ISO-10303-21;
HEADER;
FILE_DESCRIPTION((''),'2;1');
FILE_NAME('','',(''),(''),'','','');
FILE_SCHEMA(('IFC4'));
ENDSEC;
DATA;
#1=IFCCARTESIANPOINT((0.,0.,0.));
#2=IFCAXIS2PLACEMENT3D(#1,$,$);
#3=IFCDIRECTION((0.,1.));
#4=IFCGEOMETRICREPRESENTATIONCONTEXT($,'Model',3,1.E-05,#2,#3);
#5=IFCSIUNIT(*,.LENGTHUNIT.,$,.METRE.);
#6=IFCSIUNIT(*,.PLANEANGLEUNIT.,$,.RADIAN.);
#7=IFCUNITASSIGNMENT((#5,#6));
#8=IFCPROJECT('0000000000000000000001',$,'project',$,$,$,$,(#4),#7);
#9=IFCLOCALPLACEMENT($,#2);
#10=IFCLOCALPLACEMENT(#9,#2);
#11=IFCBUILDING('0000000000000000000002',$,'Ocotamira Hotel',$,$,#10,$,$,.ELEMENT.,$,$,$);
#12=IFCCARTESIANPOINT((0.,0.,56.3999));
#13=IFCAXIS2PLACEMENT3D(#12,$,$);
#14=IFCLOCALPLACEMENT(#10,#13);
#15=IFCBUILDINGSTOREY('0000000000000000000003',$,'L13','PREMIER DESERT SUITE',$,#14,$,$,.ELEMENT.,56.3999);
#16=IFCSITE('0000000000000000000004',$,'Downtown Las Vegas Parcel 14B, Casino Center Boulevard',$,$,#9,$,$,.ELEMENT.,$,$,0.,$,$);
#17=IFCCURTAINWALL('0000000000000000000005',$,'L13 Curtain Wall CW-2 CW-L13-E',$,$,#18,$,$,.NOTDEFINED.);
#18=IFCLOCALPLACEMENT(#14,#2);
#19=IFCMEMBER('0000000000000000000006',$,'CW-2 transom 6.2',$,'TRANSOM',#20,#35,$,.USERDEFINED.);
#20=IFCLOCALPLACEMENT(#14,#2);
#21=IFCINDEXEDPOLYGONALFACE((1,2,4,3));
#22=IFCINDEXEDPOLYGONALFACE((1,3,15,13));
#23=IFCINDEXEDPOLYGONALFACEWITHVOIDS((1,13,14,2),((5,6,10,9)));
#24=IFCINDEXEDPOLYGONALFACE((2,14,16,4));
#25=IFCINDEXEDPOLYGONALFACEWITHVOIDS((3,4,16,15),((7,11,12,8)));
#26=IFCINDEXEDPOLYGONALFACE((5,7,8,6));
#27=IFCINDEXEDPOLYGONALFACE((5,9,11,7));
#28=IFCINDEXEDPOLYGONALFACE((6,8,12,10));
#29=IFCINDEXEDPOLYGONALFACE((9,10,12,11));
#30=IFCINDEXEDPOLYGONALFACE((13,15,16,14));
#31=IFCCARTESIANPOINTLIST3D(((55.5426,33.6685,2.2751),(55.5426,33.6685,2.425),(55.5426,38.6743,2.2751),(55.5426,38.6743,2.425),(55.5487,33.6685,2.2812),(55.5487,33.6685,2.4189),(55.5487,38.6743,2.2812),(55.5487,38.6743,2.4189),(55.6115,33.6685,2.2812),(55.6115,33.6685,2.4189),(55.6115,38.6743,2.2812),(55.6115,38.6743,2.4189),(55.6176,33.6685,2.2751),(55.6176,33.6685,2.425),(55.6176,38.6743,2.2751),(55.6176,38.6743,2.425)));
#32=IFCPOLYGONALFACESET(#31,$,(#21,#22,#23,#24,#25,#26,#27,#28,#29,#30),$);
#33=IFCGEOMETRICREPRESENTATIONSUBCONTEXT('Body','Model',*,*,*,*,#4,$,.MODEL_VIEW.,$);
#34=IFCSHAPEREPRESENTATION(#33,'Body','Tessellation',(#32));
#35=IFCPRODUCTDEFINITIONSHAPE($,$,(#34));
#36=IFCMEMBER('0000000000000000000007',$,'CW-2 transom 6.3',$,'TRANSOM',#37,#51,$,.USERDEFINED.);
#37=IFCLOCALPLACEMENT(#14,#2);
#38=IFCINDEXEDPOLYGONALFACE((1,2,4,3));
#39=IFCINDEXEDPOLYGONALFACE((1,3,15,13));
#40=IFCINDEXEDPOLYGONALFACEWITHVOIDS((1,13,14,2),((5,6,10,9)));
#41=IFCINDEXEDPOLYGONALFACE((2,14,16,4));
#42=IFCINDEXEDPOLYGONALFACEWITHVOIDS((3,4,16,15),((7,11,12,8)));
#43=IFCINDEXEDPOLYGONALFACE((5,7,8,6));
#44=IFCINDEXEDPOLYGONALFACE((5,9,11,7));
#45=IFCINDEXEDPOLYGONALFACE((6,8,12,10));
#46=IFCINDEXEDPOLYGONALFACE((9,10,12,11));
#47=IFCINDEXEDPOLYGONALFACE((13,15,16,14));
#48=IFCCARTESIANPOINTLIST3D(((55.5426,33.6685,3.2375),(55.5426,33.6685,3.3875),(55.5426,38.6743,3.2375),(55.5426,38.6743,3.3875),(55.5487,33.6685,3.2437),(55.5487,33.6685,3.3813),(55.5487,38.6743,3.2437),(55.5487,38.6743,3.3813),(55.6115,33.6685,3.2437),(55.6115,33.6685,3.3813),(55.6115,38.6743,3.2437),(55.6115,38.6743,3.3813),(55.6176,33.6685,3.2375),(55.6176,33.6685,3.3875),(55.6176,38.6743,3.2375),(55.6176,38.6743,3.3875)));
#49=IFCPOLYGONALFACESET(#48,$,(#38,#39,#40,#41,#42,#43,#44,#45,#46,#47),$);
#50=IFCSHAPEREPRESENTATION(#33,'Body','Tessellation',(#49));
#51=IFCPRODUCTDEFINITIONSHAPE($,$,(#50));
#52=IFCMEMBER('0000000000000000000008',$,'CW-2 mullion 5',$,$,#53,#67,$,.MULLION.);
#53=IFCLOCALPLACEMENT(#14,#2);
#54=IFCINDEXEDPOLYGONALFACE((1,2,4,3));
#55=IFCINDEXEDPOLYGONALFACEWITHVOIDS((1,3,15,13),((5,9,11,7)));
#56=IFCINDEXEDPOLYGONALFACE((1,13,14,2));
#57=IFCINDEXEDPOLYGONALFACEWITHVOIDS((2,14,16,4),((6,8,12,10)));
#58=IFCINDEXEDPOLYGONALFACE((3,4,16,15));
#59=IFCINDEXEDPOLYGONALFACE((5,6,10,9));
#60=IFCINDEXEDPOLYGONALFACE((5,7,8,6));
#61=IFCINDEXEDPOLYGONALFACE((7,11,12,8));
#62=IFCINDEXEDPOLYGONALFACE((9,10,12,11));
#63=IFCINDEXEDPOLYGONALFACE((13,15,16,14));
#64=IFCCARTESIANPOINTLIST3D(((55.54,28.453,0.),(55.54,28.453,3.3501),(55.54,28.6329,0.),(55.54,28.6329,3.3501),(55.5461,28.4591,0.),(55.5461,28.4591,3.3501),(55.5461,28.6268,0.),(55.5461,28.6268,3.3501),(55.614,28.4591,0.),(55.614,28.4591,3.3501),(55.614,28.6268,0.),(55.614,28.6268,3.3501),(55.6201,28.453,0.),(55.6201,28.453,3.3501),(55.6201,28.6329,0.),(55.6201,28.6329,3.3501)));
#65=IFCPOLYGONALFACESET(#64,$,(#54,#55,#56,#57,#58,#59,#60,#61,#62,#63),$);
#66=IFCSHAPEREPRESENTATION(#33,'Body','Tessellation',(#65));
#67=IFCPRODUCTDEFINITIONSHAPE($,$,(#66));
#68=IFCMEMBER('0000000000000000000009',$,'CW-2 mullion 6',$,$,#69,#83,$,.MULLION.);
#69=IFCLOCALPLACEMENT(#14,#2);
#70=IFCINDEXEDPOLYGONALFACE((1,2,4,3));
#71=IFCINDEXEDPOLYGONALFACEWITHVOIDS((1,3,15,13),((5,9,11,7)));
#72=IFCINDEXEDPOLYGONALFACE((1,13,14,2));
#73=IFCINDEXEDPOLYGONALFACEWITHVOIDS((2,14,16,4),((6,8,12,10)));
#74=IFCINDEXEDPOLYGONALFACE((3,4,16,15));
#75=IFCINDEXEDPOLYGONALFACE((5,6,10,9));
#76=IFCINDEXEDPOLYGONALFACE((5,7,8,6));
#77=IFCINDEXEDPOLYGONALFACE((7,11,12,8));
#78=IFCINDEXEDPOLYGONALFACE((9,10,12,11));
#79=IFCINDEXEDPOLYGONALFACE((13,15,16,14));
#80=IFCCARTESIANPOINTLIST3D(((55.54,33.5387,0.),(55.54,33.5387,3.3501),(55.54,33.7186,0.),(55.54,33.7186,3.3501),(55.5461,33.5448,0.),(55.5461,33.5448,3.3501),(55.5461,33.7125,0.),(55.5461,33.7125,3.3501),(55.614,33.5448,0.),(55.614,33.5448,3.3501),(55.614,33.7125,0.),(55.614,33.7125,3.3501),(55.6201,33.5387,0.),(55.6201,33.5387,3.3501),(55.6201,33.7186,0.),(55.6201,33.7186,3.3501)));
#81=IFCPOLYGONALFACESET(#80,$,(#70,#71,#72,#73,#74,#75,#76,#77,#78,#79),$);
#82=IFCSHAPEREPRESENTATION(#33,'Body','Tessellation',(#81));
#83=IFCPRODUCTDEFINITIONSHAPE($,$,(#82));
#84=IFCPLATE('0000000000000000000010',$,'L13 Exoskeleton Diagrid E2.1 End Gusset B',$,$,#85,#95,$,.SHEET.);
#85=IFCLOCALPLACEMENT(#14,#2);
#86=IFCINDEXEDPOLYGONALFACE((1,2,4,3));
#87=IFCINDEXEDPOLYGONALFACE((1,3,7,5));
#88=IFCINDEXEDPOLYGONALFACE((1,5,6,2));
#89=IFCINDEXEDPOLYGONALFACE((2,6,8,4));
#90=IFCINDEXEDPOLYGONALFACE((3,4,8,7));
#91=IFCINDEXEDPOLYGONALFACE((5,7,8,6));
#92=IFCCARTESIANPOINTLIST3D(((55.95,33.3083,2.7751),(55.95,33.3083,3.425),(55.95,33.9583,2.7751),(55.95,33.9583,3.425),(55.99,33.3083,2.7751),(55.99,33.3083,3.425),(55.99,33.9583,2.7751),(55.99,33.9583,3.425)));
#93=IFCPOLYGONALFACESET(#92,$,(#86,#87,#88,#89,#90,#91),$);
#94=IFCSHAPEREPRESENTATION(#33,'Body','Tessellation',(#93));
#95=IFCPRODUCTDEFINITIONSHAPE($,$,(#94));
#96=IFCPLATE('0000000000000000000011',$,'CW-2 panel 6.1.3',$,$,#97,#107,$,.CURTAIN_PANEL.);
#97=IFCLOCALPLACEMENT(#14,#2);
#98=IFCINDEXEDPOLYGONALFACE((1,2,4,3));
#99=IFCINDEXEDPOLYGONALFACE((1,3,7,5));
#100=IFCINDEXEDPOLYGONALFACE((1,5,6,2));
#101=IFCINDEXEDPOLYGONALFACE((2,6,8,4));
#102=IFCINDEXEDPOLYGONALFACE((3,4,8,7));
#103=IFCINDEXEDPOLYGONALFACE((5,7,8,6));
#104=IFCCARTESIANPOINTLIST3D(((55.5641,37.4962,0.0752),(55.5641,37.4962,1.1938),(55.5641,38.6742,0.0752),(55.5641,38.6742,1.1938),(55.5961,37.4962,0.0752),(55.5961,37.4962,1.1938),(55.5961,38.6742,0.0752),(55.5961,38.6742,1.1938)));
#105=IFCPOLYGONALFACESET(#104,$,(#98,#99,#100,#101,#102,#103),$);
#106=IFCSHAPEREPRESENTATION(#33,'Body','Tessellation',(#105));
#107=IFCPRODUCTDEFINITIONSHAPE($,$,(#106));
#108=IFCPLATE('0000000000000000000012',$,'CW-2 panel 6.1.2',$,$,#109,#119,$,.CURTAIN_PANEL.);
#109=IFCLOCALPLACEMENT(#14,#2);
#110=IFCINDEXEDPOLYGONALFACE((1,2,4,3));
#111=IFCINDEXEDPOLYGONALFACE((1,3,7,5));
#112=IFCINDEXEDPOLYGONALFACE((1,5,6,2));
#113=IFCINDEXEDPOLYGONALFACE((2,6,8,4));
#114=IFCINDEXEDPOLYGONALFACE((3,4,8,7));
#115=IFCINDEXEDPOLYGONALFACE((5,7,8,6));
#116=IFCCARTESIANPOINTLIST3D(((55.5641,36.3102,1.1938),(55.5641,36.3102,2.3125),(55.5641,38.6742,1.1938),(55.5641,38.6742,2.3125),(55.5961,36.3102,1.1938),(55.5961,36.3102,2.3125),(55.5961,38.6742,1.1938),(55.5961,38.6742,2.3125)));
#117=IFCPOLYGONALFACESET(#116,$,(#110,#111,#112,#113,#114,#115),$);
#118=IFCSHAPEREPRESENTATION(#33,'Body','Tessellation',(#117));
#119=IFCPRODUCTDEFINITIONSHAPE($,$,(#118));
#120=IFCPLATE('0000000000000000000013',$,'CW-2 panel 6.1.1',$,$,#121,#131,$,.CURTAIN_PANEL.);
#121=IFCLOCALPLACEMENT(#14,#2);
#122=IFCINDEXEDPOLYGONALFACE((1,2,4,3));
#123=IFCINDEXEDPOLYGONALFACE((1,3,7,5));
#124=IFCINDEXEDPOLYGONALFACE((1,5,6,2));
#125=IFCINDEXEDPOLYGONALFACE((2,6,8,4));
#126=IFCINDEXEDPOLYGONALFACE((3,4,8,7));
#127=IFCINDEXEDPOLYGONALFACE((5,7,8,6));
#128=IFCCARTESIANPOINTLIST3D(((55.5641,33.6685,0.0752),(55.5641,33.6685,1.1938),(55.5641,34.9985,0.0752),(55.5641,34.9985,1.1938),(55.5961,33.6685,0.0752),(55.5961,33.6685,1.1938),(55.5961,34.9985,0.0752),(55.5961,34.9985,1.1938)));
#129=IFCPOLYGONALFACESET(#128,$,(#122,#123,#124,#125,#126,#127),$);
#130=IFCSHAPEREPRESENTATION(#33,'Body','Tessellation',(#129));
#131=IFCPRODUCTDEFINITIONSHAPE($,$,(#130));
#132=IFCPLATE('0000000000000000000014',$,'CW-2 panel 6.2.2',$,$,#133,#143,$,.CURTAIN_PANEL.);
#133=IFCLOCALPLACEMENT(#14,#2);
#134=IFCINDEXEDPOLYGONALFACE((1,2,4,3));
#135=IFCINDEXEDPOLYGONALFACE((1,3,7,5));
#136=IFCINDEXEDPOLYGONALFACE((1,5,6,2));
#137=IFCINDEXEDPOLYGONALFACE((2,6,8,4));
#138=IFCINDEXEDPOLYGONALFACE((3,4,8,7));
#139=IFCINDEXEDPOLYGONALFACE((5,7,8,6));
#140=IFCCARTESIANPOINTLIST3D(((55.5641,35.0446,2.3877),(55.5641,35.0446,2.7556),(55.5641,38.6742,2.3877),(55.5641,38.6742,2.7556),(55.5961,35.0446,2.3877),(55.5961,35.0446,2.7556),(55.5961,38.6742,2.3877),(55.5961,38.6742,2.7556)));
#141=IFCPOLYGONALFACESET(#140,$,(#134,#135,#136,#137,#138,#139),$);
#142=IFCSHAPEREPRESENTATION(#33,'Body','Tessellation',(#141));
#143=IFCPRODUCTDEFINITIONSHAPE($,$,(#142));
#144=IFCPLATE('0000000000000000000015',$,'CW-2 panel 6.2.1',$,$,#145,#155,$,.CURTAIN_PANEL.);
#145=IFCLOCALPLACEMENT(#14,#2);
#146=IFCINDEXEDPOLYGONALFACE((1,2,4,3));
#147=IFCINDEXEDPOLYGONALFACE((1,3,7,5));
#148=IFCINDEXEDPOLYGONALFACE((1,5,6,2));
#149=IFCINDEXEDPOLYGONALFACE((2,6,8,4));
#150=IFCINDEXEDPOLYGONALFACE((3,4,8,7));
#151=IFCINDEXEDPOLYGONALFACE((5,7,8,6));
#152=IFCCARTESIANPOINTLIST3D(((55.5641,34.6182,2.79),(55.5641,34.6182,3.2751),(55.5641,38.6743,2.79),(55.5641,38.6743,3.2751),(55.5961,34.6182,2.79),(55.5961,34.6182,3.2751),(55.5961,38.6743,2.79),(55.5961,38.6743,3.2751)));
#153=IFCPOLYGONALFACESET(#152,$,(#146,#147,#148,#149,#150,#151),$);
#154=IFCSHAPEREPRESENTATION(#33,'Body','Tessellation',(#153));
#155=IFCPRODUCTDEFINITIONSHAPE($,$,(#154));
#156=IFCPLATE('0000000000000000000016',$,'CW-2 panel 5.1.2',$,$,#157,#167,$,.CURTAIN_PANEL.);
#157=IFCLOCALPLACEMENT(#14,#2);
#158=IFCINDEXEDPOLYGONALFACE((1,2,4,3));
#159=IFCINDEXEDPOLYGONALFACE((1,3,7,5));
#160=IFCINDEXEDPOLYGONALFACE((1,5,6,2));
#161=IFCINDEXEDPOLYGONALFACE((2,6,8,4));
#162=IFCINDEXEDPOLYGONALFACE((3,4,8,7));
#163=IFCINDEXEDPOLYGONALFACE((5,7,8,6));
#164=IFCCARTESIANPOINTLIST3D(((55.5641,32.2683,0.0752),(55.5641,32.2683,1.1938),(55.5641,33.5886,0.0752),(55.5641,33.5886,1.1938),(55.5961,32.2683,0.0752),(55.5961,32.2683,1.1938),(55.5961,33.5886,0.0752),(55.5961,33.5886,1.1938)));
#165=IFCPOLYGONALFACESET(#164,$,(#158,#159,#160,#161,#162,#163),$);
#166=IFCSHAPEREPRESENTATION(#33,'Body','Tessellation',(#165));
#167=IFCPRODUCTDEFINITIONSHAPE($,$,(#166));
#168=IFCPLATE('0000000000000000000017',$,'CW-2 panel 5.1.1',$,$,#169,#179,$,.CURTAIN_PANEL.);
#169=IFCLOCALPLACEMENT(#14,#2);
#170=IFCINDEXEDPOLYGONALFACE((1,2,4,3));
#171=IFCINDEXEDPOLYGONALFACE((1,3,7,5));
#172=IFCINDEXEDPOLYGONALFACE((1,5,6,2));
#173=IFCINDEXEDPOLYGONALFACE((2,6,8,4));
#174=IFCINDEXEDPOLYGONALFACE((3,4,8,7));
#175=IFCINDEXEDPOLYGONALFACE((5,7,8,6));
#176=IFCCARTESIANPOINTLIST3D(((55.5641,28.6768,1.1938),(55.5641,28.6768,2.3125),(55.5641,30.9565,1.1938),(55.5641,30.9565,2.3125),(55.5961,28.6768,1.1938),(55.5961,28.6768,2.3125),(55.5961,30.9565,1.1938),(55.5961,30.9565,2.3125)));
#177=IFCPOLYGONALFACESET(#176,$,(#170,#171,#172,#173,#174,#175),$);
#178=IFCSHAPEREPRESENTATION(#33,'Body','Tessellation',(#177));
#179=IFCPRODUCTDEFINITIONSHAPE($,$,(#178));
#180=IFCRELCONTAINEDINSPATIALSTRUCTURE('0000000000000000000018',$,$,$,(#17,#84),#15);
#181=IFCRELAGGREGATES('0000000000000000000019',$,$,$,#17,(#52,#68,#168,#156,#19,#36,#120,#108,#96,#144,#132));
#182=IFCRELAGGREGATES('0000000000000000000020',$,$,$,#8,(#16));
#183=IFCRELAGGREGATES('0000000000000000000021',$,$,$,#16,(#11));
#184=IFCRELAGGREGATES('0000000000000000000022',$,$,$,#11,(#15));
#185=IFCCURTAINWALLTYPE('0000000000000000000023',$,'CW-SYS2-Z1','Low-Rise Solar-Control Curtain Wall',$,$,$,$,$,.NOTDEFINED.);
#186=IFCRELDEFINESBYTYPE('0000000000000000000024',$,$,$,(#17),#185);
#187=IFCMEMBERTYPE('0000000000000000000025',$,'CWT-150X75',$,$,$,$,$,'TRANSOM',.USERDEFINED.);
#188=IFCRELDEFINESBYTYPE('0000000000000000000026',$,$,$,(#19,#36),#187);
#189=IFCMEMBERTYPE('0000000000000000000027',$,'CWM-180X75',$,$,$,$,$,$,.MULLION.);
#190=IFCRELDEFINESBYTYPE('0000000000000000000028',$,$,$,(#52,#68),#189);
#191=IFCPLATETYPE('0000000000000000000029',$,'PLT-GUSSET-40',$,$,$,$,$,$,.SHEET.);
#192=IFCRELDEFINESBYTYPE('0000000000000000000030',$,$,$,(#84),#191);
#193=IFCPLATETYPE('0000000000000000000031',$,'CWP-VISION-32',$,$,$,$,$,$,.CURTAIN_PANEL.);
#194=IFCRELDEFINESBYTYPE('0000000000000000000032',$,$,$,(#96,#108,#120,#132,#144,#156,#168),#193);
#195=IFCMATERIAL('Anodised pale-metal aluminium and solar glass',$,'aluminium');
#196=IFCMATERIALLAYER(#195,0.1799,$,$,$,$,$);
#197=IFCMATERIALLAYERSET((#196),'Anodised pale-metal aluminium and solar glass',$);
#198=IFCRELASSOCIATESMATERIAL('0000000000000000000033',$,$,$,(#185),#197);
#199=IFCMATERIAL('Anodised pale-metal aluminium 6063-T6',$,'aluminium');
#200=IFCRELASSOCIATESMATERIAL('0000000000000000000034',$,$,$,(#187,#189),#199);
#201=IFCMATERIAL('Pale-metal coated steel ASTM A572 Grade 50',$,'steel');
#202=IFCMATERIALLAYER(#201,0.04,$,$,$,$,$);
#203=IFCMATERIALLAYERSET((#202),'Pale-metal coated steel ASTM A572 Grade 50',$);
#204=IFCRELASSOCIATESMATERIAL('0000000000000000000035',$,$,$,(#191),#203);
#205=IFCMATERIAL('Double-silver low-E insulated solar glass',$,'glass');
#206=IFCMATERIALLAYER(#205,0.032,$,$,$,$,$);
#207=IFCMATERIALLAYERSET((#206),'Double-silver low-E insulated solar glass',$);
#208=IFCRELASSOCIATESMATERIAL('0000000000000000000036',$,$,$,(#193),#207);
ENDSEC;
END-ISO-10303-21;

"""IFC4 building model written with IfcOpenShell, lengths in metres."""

from ifc_helpers import new_model, si_unit, direction, frame, origin, origin_2d, place, context, subcontext, project, spatial, rectangle, hollow_rectangle, extrude, source, transform, mapped, material, layer, layer_set, material_profile, profile_set, type_object, element, aggregate, save


model = new_model("IFC4")

# Units and contexts
model_context = context("Model", 3, precision=1e-05, world=origin(), true_north=direction((0.0, 1.0)))
body_context = subcontext(model_context, "Body", "Model", "MODEL_VIEW")
ifc_project = project(units=[si_unit("LENGTHUNIT", "METRE"), si_unit("PLANEANGLEUNIT", "RADIAN")], contexts=[model_context])

# Site, building, storey
site_placement = place(None, origin())
site = spatial("IfcSite", under=ifc_project, at=site_placement, Name="Downtown Las Vegas Parcel 14B, Casino Center Boulevard", CompositionType="ELEMENT", RefElevation=0.0)
building_placement = place(site_placement, origin())
building = spatial("IfcBuilding", under=site, at=building_placement, Name="Ocotamira Hotel", CompositionType="ELEMENT")
storey_placement = place(building_placement, frame((0.0, 0.0, 56.3999)))
storey = spatial("IfcBuildingStorey", under=building, at=storey_placement, Name="L13", Description="PREMIER DESERT SUITE", CompositionType="ELEMENT", Elevation=56.3999)

# Curtain wall, members
ifc_material_1 = material(Name="Anodised pale-metal aluminium and solar glass", Category="aluminium")
ifc_layer_1 = layer(ifc_material_1, 0.1799)
ifc_layer_set_1 = layer_set([ifc_layer_1], Name="Anodised pale-metal aluminium and solar glass")
curtain_wall_type = type_object("IfcCurtainWallType", Name="CW-SYS2-Z1", Description="Low-Rise Solar-Control Curtain Wall", PredefinedType="NOTDEFINED", material=ifc_layer_set_1)
curtain_wall_placement = place(storey_placement, origin())
curtain_wall = element("IfcCurtainWall", 1, at=curtain_wall_placement, inside=storey, type_object=curtain_wall_type, Name="L13 Curtain Wall CW-2 CW-L13-E", PredefinedType="NOTDEFINED")
ifc_material_2 = material(Name="Anodised pale-metal aluminium 6063-T6", Category="aluminium")
ifc_material_profile_1 = material_profile(ifc_material_2, hollow_rectangle(XDim=0.075, YDim=0.1499, WallThickness=0.0061, at=origin_2d()), Name="HSS150X75X6")
ifc_profile_set_1 = profile_set([ifc_material_profile_1], Name="Anodised pale-metal aluminium 6063-T6")
member_type_1 = type_object("IfcMemberType", Name="CWT-150X75", ElementType="TRANSOM", PredefinedType="USERDEFINED", material=ifc_profile_set_1)
shared_shape_1 = source(origin(), body_context, "Body", "SweptSolid", [
    extrude(hollow_rectangle(XDim=0.075, YDim=0.1499, WallThickness=0.0061, at=origin_2d()), origin(), (0.0, 0.0, 1.0), 5.0059),
])
member_1_placement = place(storey_placement, frame((55.5801, 33.6685, 2.3501), z_axis=(0.0, 1.0, 0.0), x_axis=(-1.0, 0.0, 0.0)))
member_1 = element("IfcMember", 2, at=member_1_placement, type_object=member_type_1, Name="CW-2 transom 6.2", ObjectType="TRANSOM", PredefinedType="USERDEFINED", context=body_context, shape_type="MappedRepresentation", body=[
    mapped(shared_shape_1, transform((0.0, 0.0, 0.0), scale=1.0)),
])
member_2_placement = place(storey_placement, frame((55.5801, 33.6685, 3.3125), z_axis=(0.0, 1.0, 0.0), x_axis=(-1.0, 0.0, 0.0)))
member_2 = element("IfcMember", 3, at=member_2_placement, type_object=member_type_1, Name="CW-2 transom 6.3", ObjectType="TRANSOM", PredefinedType="USERDEFINED", context=body_context, shape_type="MappedRepresentation", body=[
    mapped(shared_shape_1, transform((0.0, 0.0, 0.0), scale=1.0)),
])
ifc_material_profile_2 = material_profile(ifc_material_2, hollow_rectangle(XDim=0.0801, YDim=0.1799, WallThickness=0.0061, at=origin_2d()), Name="HSS180X80X6")
ifc_profile_set_2 = profile_set([ifc_material_profile_2], Name="Anodised pale-metal aluminium 6063-T6")
member_type_2 = type_object("IfcMemberType", Name="CWM-180X75", PredefinedType="MULLION", material=ifc_profile_set_2)
shared_shape_2 = source(origin(), body_context, "Body", "SweptSolid", [
    extrude(hollow_rectangle(XDim=0.0801, YDim=0.1799, WallThickness=0.0061, at=origin_2d()), origin(), (0.0, 0.0, 1.0), 3.3501),
])
member_3_placement = place(storey_placement, frame((55.5801, 28.543, 0.0), z_axis=(0.0, 0.0, 1.0), x_axis=(-1.0, 0.0, 0.0)))
member_3 = element("IfcMember", 4, at=member_3_placement, type_object=member_type_2, Name="CW-2 mullion 5", PredefinedType="MULLION", context=body_context, shape_type="MappedRepresentation", body=[
    mapped(shared_shape_2, transform((0.0, 0.0, 0.0), scale=1.0)),
])
member_4_placement = place(storey_placement, frame((55.5801, 33.6287, 0.0), z_axis=(0.0, 0.0, 1.0), x_axis=(-1.0, 0.0, 0.0)))
member_4 = element("IfcMember", 5, at=member_4_placement, type_object=member_type_2, Name="CW-2 mullion 6", PredefinedType="MULLION", context=body_context, shape_type="MappedRepresentation", body=[
    mapped(shared_shape_2, transform((0.0, 0.0, 0.0), scale=1.0)),
])

# Plates
ifc_material_3 = material(Name="Pale-metal coated steel ASTM A572 Grade 50", Category="steel")
ifc_layer_2 = layer(ifc_material_3, 0.04)
ifc_layer_set_2 = layer_set([ifc_layer_2], Name="Pale-metal coated steel ASTM A572 Grade 50")
plate_type_1 = type_object("IfcPlateType", Name="PLT-GUSSET-40", PredefinedType="SHEET", material=ifc_layer_set_2)
shared_shape_3 = source(origin(), body_context, "Body", "SweptSolid", [
    extrude(rectangle(XDim=0.04, YDim=0.6499, at=origin_2d()), origin(), (0.0, 0.0, 1.0), 0.6499),
])
plate_1_placement = place(storey_placement, frame((55.97, 33.6333, 2.7751), z_axis=(0.0, 0.0, 1.0), x_axis=(1.0, 0.0, 0.0)))
element("IfcPlate", 6, at=plate_1_placement, inside=storey, type_object=plate_type_1, Name="L13 Exoskeleton Diagrid E2.1 End Gusset B", PredefinedType="SHEET", context=body_context, shape_type="MappedRepresentation", body=[
    mapped(shared_shape_3, transform((0.0, 0.0, 0.0), scale=1.0)),
])
ifc_material_4 = material(Name="Double-silver low-E insulated solar glass", Category="glass")
ifc_layer_3 = layer(ifc_material_4, 0.032)
ifc_layer_set_3 = layer_set([ifc_layer_3], Name="Double-silver low-E insulated solar glass")
plate_type_2 = type_object("IfcPlateType", Name="CWP-VISION-32", PredefinedType="CURTAIN_PANEL", material=ifc_layer_set_3)
shared_shape_4 = source(origin(), body_context, "Body", "SweptSolid", [
    extrude(rectangle(XDim=1.178, YDim=0.032, at=origin_2d()), origin(), (0.0, 0.0, 1.0), 1.1187),
])
plate_2_placement = place(storey_placement, frame((55.5801, 38.0852, 0.0752), z_axis=(0.0, 0.0, 1.0), x_axis=(0.0, 1.0, 0.0)))
plate_2 = element("IfcPlate", 7, at=plate_2_placement, type_object=plate_type_2, Name="CW-2 panel 6.1.3", PredefinedType="CURTAIN_PANEL", context=body_context, shape_type="MappedRepresentation", body=[
    mapped(shared_shape_4, transform((0.0, 0.0, 0.0), scale=1.0)),
])
shared_shape_5 = source(origin(), body_context, "Body", "SweptSolid", [
    extrude(rectangle(XDim=2.364, YDim=0.032, at=origin_2d()), origin(), (0.0, 0.0, 1.0), 1.1187),
])
plate_3_placement = place(storey_placement, frame((55.5801, 37.4922, 1.1938), z_axis=(0.0, 0.0, 1.0), x_axis=(0.0, 1.0, 0.0)))
plate_3 = element("IfcPlate", 8, at=plate_3_placement, type_object=plate_type_2, Name="CW-2 panel 6.1.2", PredefinedType="CURTAIN_PANEL", context=body_context, shape_type="MappedRepresentation", body=[
    mapped(shared_shape_5, transform((0.0, 0.0, 0.0), scale=1.0)),
])
shared_shape_6 = source(origin(), body_context, "Body", "SweptSolid", [
    extrude(rectangle(XDim=1.3301, YDim=0.032, at=origin_2d()), origin(), (0.0, 0.0, 1.0), 1.1187),
])
plate_4_placement = place(storey_placement, frame((55.5801, 34.3335, 0.0752), z_axis=(0.0, 0.0, 1.0), x_axis=(0.0, 1.0, 0.0)))
plate_4 = element("IfcPlate", 9, at=plate_4_placement, type_object=plate_type_2, Name="CW-2 panel 6.1.1", PredefinedType="CURTAIN_PANEL", context=body_context, shape_type="MappedRepresentation", body=[
    mapped(shared_shape_6, transform((0.0, 0.0, 0.0), scale=1.0)),
])
shared_shape_7 = source(origin(), body_context, "Body", "SweptSolid", [
    extrude(rectangle(XDim=3.6296, YDim=0.032, at=origin_2d()), origin(), (0.0, 0.0, 1.0), 0.3679),
])
plate_5_placement = place(storey_placement, frame((55.5801, 36.8594, 2.3877), z_axis=(0.0, 0.0, 1.0), x_axis=(0.0, 1.0, 0.0)))
plate_5 = element("IfcPlate", 10, at=plate_5_placement, type_object=plate_type_2, Name="CW-2 panel 6.2.2", PredefinedType="CURTAIN_PANEL", context=body_context, shape_type="MappedRepresentation", body=[
    mapped(shared_shape_7, transform((0.0, 0.0, 0.0), scale=1.0)),
])
shared_shape_8 = source(origin(), body_context, "Body", "SweptSolid", [
    extrude(rectangle(XDim=4.0562, YDim=0.032, at=origin_2d()), origin(), (0.0, 0.0, 1.0), 0.4851),
])
plate_6_placement = place(storey_placement, frame((55.5801, 36.6462, 2.79), z_axis=(0.0, 0.0, 1.0), x_axis=(0.0, 1.0, 0.0)))
plate_6 = element("IfcPlate", 11, at=plate_6_placement, type_object=plate_type_2, Name="CW-2 panel 6.2.1", PredefinedType="CURTAIN_PANEL", context=body_context, shape_type="MappedRepresentation", body=[
    mapped(shared_shape_8, transform((0.0, 0.0, 0.0), scale=1.0)),
])
shared_shape_9 = source(origin(), body_context, "Body", "SweptSolid", [
    extrude(rectangle(XDim=1.3203, YDim=0.032, at=origin_2d()), origin(), (0.0, 0.0, 1.0), 1.1187),
])
plate_7_placement = place(storey_placement, frame((55.5801, 32.9285, 0.0752), z_axis=(0.0, 0.0, 1.0), x_axis=(0.0, 1.0, 0.0)))
plate_7 = element("IfcPlate", 12, at=plate_7_placement, type_object=plate_type_2, Name="CW-2 panel 5.1.2", PredefinedType="CURTAIN_PANEL", context=body_context, shape_type="MappedRepresentation", body=[
    mapped(shared_shape_9, transform((0.0, 0.0, 0.0), scale=1.0)),
])
shared_shape_10 = source(origin(), body_context, "Body", "SweptSolid", [
    extrude(rectangle(XDim=2.2798, YDim=0.032, at=origin_2d()), origin(), (0.0, 0.0, 1.0), 1.1187),
])
plate_8_placement = place(storey_placement, frame((55.5801, 29.8167, 1.1938), z_axis=(0.0, 0.0, 1.0), x_axis=(0.0, 1.0, 0.0)))
plate_8 = element("IfcPlate", 13, at=plate_8_placement, type_object=plate_type_2, Name="CW-2 panel 5.1.1", PredefinedType="CURTAIN_PANEL", context=body_context, shape_type="MappedRepresentation", body=[
    mapped(shared_shape_10, transform((0.0, 0.0, 0.0), scale=1.0)),
])
aggregate(curtain_wall, [member_3, member_4, plate_8, plate_7, member_1, member_2, plate_4, plate_3, plate_2, plate_6, plate_5])

save(model, "model.ifc")
